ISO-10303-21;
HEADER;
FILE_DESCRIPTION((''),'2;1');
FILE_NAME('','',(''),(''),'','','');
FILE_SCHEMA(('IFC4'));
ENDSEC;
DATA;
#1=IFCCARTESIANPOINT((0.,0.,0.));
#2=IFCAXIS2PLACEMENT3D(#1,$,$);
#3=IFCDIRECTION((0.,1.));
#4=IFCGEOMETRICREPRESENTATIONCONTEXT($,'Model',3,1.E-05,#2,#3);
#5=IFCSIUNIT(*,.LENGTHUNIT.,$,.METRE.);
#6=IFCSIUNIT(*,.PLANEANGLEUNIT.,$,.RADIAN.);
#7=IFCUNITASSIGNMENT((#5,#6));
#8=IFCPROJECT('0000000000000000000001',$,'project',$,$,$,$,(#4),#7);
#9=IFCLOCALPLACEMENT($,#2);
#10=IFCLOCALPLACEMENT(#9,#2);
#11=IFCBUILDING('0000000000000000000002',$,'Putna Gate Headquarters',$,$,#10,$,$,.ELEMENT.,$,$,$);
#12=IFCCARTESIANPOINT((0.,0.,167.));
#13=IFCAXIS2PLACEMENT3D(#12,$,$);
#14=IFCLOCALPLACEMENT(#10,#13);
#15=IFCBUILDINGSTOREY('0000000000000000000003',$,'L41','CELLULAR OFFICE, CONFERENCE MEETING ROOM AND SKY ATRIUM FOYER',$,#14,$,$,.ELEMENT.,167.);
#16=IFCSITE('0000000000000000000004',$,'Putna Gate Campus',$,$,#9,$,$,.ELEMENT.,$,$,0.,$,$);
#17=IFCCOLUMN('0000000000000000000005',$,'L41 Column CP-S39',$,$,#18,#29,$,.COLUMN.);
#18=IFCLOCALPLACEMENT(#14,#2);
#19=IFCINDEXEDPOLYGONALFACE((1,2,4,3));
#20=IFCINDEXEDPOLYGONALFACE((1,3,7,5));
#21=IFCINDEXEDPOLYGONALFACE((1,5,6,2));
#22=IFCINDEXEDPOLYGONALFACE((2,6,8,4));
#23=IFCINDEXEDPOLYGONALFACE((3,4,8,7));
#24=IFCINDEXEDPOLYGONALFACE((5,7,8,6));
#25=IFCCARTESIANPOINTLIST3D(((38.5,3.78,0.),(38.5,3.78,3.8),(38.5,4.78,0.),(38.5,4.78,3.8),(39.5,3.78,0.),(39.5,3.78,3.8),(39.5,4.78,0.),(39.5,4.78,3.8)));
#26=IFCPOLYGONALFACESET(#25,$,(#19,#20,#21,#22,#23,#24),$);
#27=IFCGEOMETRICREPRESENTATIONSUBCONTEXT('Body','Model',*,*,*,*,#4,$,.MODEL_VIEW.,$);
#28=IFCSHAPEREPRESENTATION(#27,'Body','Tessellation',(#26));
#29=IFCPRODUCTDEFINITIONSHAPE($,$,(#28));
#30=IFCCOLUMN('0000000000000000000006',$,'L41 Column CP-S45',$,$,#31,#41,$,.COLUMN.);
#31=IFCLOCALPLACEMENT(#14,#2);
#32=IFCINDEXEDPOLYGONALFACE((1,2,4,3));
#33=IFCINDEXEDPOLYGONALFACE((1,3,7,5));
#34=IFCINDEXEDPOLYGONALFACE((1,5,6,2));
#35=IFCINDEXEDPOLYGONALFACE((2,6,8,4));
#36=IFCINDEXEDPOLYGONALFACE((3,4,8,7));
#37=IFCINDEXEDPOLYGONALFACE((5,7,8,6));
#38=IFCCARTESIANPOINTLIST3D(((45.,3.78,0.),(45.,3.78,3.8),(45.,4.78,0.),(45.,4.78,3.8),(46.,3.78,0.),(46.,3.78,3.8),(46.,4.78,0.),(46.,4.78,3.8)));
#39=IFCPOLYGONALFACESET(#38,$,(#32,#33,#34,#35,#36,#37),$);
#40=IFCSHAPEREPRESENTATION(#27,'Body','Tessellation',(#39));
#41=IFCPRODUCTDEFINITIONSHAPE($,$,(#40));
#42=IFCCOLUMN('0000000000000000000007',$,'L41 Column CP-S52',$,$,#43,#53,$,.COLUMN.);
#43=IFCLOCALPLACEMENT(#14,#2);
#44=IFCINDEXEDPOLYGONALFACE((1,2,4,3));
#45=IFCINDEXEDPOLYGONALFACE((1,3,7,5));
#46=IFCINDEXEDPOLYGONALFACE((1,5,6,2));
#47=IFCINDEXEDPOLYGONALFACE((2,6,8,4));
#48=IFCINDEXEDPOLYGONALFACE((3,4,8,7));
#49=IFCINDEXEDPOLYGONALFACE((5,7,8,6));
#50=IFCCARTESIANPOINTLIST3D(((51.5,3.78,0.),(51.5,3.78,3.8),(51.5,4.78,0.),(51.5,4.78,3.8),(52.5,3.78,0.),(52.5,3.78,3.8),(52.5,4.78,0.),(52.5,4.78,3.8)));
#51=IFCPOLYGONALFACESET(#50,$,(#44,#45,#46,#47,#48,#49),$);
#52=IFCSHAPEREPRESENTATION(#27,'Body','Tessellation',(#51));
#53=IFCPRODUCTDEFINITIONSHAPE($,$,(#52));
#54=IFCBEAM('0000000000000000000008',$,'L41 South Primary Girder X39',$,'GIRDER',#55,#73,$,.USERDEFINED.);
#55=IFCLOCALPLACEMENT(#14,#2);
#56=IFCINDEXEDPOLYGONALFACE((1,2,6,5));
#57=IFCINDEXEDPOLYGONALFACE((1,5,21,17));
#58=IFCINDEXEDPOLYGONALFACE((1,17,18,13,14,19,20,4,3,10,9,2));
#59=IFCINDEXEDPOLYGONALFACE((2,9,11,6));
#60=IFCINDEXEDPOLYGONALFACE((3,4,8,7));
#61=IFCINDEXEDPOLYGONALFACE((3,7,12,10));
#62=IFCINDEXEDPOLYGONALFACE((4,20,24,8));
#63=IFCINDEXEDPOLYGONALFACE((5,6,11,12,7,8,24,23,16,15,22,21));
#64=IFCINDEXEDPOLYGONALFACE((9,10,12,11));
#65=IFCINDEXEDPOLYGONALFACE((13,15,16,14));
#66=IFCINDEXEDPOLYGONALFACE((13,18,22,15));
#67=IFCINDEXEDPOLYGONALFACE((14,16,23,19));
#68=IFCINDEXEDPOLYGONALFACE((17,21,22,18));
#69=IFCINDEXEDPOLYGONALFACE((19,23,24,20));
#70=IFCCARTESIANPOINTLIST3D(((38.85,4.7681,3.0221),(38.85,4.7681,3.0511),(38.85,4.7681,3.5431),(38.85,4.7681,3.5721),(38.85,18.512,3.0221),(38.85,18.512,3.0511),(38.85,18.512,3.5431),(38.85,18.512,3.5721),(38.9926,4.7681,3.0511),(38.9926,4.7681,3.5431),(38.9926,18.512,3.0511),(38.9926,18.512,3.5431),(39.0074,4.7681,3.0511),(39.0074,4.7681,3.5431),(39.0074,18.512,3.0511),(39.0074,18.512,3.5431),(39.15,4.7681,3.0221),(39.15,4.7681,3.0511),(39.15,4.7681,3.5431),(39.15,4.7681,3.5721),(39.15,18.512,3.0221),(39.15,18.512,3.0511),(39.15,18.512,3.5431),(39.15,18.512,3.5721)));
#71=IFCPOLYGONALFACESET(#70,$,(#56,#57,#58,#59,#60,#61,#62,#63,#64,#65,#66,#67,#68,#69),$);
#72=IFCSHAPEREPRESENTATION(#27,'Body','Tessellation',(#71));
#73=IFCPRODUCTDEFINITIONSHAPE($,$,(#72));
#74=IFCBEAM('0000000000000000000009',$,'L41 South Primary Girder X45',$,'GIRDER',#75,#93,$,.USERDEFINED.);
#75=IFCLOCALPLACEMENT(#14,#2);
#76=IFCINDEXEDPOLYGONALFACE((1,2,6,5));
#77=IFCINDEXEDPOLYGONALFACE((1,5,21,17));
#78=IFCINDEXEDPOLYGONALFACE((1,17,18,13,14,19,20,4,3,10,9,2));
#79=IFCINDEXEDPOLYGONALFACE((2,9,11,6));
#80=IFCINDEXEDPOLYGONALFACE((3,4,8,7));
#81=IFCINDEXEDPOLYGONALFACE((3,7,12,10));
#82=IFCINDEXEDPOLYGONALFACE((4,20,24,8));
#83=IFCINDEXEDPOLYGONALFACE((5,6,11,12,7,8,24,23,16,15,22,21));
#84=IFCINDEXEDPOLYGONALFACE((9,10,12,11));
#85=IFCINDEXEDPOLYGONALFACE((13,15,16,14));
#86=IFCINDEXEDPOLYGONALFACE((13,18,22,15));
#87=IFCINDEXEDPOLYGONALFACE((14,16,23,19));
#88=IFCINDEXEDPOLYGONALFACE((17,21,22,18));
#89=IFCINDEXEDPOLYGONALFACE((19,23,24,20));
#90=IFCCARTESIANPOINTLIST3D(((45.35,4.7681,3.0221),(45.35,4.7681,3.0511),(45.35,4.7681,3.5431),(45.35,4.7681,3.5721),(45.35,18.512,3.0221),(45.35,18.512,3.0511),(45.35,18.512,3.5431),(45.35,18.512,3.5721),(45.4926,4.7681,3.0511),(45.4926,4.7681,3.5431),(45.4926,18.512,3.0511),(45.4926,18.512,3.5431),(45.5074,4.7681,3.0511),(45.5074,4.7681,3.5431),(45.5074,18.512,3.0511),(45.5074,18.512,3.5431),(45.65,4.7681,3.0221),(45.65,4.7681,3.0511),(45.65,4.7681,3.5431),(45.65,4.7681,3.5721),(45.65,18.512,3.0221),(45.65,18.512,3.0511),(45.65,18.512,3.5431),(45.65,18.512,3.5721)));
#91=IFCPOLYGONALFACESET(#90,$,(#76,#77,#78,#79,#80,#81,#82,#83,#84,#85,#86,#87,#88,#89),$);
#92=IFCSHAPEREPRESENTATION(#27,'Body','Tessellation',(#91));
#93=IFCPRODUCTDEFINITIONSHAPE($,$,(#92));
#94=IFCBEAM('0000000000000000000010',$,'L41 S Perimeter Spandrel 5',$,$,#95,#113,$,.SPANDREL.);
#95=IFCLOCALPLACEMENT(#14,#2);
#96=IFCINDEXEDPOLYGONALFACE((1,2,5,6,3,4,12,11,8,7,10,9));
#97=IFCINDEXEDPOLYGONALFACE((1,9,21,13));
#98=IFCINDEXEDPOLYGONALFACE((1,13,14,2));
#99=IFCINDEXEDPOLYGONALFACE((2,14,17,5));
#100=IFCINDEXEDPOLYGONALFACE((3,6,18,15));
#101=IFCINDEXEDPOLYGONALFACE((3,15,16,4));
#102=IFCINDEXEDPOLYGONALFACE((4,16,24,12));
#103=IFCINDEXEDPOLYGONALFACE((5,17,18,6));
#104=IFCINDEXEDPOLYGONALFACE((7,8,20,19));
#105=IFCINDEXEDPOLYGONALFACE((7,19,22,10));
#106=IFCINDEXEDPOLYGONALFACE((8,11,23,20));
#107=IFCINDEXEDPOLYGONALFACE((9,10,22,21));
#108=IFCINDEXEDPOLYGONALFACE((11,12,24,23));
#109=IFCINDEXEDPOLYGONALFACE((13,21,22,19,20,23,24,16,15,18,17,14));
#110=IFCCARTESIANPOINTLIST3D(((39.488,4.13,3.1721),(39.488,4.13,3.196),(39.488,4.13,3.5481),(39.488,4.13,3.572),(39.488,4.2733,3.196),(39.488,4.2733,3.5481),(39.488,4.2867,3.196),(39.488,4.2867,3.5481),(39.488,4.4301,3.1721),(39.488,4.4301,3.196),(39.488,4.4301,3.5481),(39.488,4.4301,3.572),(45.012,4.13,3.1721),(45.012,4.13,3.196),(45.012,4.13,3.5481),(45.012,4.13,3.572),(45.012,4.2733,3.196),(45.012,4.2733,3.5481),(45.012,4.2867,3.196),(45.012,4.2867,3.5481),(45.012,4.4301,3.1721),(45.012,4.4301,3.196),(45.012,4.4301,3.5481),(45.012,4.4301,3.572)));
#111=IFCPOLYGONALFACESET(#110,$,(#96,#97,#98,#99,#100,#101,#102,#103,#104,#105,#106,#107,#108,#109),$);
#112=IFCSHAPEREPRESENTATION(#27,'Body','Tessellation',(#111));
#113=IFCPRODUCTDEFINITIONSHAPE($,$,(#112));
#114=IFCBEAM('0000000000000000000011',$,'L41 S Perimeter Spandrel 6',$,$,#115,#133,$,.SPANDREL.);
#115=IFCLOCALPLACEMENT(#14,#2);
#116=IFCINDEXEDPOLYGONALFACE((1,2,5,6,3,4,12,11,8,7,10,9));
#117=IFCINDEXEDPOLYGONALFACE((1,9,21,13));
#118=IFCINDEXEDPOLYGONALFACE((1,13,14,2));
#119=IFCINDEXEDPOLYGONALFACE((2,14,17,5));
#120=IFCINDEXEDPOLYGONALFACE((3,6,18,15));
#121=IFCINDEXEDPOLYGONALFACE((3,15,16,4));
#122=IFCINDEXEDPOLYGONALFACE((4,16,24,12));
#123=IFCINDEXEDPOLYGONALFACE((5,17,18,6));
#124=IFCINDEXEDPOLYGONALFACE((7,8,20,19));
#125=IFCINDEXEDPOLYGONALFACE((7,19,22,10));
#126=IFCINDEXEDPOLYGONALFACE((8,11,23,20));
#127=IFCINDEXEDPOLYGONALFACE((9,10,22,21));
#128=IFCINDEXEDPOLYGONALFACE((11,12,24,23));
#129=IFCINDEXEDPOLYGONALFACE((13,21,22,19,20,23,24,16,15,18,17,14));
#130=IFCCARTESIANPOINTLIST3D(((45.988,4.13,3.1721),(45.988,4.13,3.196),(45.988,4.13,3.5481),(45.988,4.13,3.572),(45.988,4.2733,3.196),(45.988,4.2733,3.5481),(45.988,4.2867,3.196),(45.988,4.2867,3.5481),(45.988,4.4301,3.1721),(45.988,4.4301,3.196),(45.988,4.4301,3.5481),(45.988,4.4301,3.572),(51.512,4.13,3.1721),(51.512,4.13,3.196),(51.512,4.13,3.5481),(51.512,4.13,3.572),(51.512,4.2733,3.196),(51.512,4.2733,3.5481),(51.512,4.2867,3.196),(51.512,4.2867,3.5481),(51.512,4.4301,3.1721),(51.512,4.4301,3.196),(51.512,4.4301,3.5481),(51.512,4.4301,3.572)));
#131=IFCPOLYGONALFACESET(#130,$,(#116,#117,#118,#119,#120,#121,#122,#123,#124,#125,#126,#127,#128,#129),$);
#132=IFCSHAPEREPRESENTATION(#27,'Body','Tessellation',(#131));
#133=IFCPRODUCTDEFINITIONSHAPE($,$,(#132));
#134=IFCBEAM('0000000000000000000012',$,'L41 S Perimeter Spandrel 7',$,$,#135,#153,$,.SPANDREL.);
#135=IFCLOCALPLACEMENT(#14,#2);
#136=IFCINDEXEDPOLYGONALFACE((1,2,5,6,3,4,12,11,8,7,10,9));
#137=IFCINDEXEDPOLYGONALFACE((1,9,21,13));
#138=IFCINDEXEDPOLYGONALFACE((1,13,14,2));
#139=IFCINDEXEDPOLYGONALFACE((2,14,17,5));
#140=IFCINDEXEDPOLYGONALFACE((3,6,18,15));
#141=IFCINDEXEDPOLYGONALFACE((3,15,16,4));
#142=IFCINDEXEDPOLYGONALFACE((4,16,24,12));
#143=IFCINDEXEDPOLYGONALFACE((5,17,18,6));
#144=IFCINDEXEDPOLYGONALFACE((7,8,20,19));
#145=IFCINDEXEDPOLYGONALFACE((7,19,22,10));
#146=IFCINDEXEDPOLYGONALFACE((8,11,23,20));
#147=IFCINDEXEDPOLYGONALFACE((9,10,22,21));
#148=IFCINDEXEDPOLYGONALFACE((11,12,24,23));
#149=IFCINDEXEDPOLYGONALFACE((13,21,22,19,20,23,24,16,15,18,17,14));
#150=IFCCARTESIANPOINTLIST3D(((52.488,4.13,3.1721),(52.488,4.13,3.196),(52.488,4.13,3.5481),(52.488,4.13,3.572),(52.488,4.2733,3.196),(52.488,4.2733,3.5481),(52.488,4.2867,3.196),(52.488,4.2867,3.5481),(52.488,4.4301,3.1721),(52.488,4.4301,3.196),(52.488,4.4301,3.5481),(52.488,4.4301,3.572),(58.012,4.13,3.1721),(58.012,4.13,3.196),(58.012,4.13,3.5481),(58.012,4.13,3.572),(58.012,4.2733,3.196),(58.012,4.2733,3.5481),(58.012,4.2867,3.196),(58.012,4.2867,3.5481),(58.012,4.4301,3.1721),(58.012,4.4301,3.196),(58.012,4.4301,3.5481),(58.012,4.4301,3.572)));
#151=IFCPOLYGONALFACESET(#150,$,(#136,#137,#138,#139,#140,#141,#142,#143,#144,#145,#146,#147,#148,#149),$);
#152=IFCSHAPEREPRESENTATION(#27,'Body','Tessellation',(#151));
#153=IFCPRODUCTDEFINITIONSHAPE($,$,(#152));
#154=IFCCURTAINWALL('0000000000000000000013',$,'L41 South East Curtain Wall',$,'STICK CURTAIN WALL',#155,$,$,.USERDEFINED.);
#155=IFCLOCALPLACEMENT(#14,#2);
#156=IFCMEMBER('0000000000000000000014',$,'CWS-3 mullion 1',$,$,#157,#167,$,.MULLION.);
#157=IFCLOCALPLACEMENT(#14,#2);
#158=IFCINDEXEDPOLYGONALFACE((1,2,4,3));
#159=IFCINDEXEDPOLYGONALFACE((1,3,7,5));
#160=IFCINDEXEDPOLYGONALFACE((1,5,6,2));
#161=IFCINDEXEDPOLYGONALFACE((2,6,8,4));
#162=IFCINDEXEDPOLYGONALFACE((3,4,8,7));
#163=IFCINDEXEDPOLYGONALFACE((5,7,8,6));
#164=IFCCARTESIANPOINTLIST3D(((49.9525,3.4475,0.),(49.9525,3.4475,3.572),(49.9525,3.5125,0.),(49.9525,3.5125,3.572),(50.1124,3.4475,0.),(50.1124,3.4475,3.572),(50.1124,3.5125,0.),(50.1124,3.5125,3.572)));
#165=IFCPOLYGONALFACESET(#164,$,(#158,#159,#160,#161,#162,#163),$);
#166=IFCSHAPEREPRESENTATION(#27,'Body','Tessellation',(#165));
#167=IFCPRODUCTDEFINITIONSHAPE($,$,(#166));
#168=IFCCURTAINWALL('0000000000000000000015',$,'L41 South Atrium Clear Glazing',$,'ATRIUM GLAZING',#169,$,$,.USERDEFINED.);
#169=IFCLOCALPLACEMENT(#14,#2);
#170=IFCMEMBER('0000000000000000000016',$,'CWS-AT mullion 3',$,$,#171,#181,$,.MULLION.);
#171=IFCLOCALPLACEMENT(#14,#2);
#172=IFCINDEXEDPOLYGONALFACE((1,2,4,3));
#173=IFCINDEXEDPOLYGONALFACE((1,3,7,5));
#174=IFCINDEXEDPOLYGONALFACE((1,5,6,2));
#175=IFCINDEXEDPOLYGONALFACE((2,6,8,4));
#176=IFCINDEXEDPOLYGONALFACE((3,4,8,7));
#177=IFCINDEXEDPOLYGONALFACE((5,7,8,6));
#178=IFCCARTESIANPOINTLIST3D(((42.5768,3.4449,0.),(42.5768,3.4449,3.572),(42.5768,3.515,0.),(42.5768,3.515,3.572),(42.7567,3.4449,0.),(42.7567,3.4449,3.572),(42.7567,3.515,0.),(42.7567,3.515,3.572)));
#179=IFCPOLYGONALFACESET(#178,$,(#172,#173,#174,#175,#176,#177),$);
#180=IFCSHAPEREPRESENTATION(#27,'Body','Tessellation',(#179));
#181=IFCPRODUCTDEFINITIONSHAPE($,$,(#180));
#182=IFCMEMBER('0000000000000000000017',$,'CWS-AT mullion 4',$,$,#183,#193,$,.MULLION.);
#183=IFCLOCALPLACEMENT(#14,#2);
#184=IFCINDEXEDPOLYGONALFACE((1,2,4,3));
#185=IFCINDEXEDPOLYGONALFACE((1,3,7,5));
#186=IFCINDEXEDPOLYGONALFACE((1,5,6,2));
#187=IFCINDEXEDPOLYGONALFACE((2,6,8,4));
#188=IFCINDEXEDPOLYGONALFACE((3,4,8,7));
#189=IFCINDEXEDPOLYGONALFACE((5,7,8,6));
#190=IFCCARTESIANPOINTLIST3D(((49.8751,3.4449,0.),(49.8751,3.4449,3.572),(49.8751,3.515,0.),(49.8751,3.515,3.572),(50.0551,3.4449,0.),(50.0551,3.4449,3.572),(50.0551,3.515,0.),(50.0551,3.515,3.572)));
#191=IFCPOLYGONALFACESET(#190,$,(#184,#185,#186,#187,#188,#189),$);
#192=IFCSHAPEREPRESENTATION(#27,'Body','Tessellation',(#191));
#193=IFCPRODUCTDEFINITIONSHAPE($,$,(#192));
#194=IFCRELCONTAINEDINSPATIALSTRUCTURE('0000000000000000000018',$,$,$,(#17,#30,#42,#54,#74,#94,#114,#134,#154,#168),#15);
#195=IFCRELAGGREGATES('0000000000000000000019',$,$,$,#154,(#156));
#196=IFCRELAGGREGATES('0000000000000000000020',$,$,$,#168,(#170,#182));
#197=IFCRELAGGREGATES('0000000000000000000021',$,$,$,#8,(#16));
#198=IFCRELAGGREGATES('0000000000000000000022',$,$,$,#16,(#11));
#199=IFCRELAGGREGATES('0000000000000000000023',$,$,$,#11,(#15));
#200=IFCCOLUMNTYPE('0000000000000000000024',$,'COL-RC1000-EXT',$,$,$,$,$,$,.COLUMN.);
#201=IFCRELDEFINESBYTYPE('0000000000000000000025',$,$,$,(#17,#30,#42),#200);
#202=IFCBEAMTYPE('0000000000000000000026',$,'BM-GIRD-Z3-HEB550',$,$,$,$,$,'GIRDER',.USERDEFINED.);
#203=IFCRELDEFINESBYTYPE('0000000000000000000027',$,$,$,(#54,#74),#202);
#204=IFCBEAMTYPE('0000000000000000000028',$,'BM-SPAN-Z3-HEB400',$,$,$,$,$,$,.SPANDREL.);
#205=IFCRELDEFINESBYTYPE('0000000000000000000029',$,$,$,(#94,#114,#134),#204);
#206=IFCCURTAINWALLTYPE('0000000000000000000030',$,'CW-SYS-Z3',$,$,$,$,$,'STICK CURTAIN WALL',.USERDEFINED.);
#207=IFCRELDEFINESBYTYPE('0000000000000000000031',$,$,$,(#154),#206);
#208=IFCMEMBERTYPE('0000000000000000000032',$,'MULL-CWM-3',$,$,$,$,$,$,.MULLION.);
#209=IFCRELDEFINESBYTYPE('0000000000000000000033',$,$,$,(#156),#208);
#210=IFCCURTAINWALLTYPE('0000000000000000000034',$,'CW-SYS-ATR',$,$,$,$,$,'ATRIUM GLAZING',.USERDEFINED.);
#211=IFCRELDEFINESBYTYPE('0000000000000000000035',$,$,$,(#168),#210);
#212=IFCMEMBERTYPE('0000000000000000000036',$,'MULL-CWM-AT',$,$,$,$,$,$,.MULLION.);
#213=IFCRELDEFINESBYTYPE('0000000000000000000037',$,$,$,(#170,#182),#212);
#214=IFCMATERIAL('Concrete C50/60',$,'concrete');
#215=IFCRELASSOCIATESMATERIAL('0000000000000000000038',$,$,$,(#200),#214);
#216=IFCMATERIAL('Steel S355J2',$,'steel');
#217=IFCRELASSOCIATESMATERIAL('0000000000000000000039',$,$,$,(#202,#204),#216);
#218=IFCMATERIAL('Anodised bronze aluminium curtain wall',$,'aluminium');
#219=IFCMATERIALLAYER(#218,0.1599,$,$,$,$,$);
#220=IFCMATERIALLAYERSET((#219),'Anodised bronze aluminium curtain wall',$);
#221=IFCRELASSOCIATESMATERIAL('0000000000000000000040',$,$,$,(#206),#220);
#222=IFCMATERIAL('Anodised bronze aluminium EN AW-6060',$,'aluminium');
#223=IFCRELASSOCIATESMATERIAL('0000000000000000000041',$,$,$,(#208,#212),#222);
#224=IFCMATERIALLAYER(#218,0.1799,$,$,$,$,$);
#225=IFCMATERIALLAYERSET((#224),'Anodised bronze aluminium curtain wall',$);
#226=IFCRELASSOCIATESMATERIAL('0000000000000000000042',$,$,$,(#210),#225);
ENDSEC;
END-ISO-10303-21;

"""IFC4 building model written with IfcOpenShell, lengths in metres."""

from ifc_helpers import new_model, si_unit, direction, frame, origin, origin_2d, place, context, subcontext, project, spatial, rectangle, i_section, extrude, material, layer, layer_set, material_profile, profile_set, type_object, element, aggregate, save


model = new_model("IFC4")

# Units and contexts
model_context = context("Model", 3, precision=1e-05, world=origin(), true_north=direction((0.0, 1.0)))
body_context = subcontext(model_context, "Body", "Model", "MODEL_VIEW")
ifc_project = project(units=[si_unit("LENGTHUNIT", "METRE"), si_unit("PLANEANGLEUNIT", "RADIAN")], contexts=[model_context])

# Site, building, storey
site_placement = place(None, origin())
site = spatial("IfcSite", under=ifc_project, at=site_placement, Name="Putna Gate Campus", CompositionType="ELEMENT", RefElevation=0.0)
building_placement = place(site_placement, origin())
building = spatial("IfcBuilding", under=site, at=building_placement, Name="Putna Gate Headquarters", CompositionType="ELEMENT")
storey_placement = place(building_placement, frame((0.0, 0.0, 167.0)))
storey = spatial("IfcBuildingStorey", under=building, at=storey_placement, Name="L41", Description="CELLULAR OFFICE, CONFERENCE MEETING ROOM AND SKY ATRIUM FOYER", CompositionType="ELEMENT", Elevation=167.0)

# Columns
ifc_material_1 = material(Name="Concrete C50/60", Category="concrete")
ifc_material_profile_1 = material_profile(ifc_material_1, rectangle(XDim=1.0, YDim=1.0, at=origin_2d()), Name="Concrete C50/60")
ifc_profile_set_1 = profile_set([ifc_material_profile_1], Name="Concrete C50/60")
column_type = type_object("IfcColumnType", Name="COL-RC1000-EXT", PredefinedType="COLUMN", material=ifc_profile_set_1)
for number, where, z_axis, x_axis, name in (
    (1, (39.0, 4.28, 0.0), (0.0, 0.0, 1.0), (1.0, 0.0, 0.0), "L41 Column CP-S39"),
    (2, (45.5, 4.28, 0.0), (0.0, 0.0, 1.0), (1.0, 0.0, 0.0), "L41 Column CP-S45"),
    (3, (52.0, 4.28, 0.0), (0.0, 0.0, 1.0), (1.0, 0.0, 0.0), "L41 Column CP-S52"),
):
    element("IfcColumn", number, at=place(storey_placement, frame(where, z_axis=z_axis, x_axis=x_axis)), inside=storey, type_object=column_type, Name=name, PredefinedType="COLUMN", context=body_context, shape_type="SweptSolid", body=[
        extrude(rectangle(XDim=1.0, YDim=1.0, at=origin_2d()), origin(), (0.0, 0.0, 1.0), 3.8),
    ])

# Beams
ifc_material_2 = material(Name="Steel S355J2", Category="steel")
ifc_material_profile_2 = material_profile(ifc_material_2, i_section(OverallWidth=0.3, OverallDepth=0.55, WebThickness=0.0149, FlangeThickness=0.0291, at=origin_2d()), Name="Steel S355J2")
ifc_profile_set_2 = profile_set([ifc_material_profile_2], Name="Steel S355J2")
beam_type_1 = type_object("IfcBeamType", Name="BM-GIRD-Z3-HEB550", ElementType="GIRDER", PredefinedType="USERDEFINED", material=ifc_profile_set_2)
for number, where, z_axis, x_axis, name in (
    (4, (39.0, 4.7681, 3.2971), (0.0, 1.0, 0.0), (-1.0, 0.0, 0.0), "L41 South Primary Girder X39"),
    (5, (45.5, 4.7681, 3.2971), (0.0, 1.0, 0.0), (-1.0, 0.0, 0.0), "L41 South Primary Girder X45"),
):
    element("IfcBeam", number, at=place(storey_placement, frame(where, z_axis=z_axis, x_axis=x_axis)), inside=storey, type_object=beam_type_1, Name=name, ObjectType="GIRDER", PredefinedType="USERDEFINED", context=body_context, shape_type="SweptSolid", body=[
        extrude(i_section(OverallWidth=0.3, OverallDepth=0.55, WebThickness=0.0149, FlangeThickness=0.0291, at=origin_2d()), origin(), (0.0, 0.0, 1.0), 13.7439),
    ])
ifc_material_profile_3 = material_profile(ifc_material_2, i_section(OverallWidth=0.3, OverallDepth=0.3999, WebThickness=0.0134, FlangeThickness=0.0239, at=origin_2d()), Name="Steel S355J2")
ifc_profile_set_3 = profile_set([ifc_material_profile_3], Name="Steel S355J2")
beam_type_2 = type_object("IfcBeamType", Name="BM-SPAN-Z3-HEB400", PredefinedType="SPANDREL", material=ifc_profile_set_3)
for number, where, z_axis, x_axis, name in (
    (6, (39.488, 4.28, 3.3721), (1.0, 0.0, 0.0), (0.0, 1.0, 0.0), "L41 S Perimeter Spandrel 5"),
    (7, (45.988, 4.28, 3.3721), (1.0, 0.0, 0.0), (0.0, 1.0, 0.0), "L41 S Perimeter Spandrel 6"),
    (8, (52.488, 4.28, 3.3721), (1.0, 0.0, 0.0), (0.0, 1.0, 0.0), "L41 S Perimeter Spandrel 7"),
):
    element("IfcBeam", number, at=place(storey_placement, frame(where, z_axis=z_axis, x_axis=x_axis)), inside=storey, type_object=beam_type_2, Name=name, PredefinedType="SPANDREL", context=body_context, shape_type="SweptSolid", body=[
        extrude(i_section(OverallWidth=0.3, OverallDepth=0.3999, WebThickness=0.0134, FlangeThickness=0.0239, at=origin_2d()), origin(), (0.0, 0.0, 1.0), 5.5239),
    ])

# Curtain wall, member
ifc_material_3 = material(Name="Anodised bronze aluminium curtain wall", Category="aluminium")
ifc_layer_1 = layer(ifc_material_3, 0.1599)
ifc_layer_set_1 = layer_set([ifc_layer_1], Name="Anodised bronze aluminium curtain wall")
curtain_wall_type_1 = type_object("IfcCurtainWallType", Name="CW-SYS-Z3", ElementType="STICK CURTAIN WALL", PredefinedType="USERDEFINED", material=ifc_layer_set_1)
curtain_wall_1_placement = place(storey_placement, origin())
curtain_wall_1 = element("IfcCurtainWall", 9, at=curtain_wall_1_placement, inside=storey, type_object=curtain_wall_type_1, Name="L41 South East Curtain Wall", ObjectType="STICK CURTAIN WALL", PredefinedType="USERDEFINED")
ifc_material_4 = material(Name="Anodised bronze aluminium EN AW-6060", Category="aluminium")
ifc_material_profile_4 = material_profile(ifc_material_4, rectangle(XDim=0.0649, YDim=0.1599, at=origin_2d()), Name="Anodised bronze aluminium EN AW-6060")
ifc_profile_set_4 = profile_set([ifc_material_profile_4], Name="Anodised bronze aluminium EN AW-6060")
member_type_1 = type_object("IfcMemberType", Name="MULL-CWM-3", PredefinedType="MULLION", material=ifc_profile_set_4)
member_1_placement = place(storey_placement, frame((50.0325, 3.48, 0.0), z_axis=(0.0, 0.0, 1.0), x_axis=(0.0, 1.0, 0.0)))
member_1 = element("IfcMember", 10, at=member_1_placement, type_object=member_type_1, Name="CWS-3 mullion 1", PredefinedType="MULLION", context=body_context, shape_type="SweptSolid", body=[
    extrude(rectangle(XDim=0.0649, YDim=0.1599, at=origin_2d()), origin(), (0.0, 0.0, 1.0), 3.572),
])

# Curtain wall, members
ifc_layer_2 = layer(ifc_material_3, 0.1799)
ifc_layer_set_2 = layer_set([ifc_layer_2], Name="Anodised bronze aluminium curtain wall")
curtain_wall_type_2 = type_object("IfcCurtainWallType", Name="CW-SYS-ATR", ElementType="ATRIUM GLAZING", PredefinedType="USERDEFINED", material=ifc_layer_set_2)
curtain_wall_2_placement = place(storey_placement, origin())
curtain_wall_2 = element("IfcCurtainWall", 11, at=curtain_wall_2_placement, inside=storey, type_object=curtain_wall_type_2, Name="L41 South Atrium Clear Glazing", ObjectType="ATRIUM GLAZING", PredefinedType="USERDEFINED")
ifc_material_profile_5 = material_profile(ifc_material_4, rectangle(XDim=0.0701, YDim=0.1799, at=origin_2d()), Name="Anodised bronze aluminium EN AW-6060")
ifc_profile_set_5 = profile_set([ifc_material_profile_5], Name="Anodised bronze aluminium EN AW-6060")
member_type_2 = type_object("IfcMemberType", Name="MULL-CWM-AT", PredefinedType="MULLION", material=ifc_profile_set_5)
member_2_placement = place(storey_placement, frame((42.6667, 3.48, 0.0), z_axis=(0.0, 0.0, 1.0), x_axis=(0.0, 1.0, 0.0)))
member_2 = element("IfcMember", 12, at=member_2_placement, type_object=member_type_2, Name="CWS-AT mullion 3", PredefinedType="MULLION", context=body_context, shape_type="SweptSolid", body=[
    extrude(rectangle(XDim=0.0701, YDim=0.1799, at=origin_2d()), origin(), (0.0, 0.0, 1.0), 3.572),
])
member_3_placement = place(storey_placement, frame((49.9651, 3.48, 0.0), z_axis=(0.0, 0.0, 1.0), x_axis=(0.0, 1.0, 0.0)))
member_3 = element("IfcMember", 13, at=member_3_placement, type_object=member_type_2, Name="CWS-AT mullion 4", PredefinedType="MULLION", context=body_context, shape_type="SweptSolid", body=[
    extrude(rectangle(XDim=0.0701, YDim=0.1799, at=origin_2d()), origin(), (0.0, 0.0, 1.0), 3.572),
])

aggregate(curtain_wall_1, [member_1])
aggregate(curtain_wall_2, [member_2, member_3])

save(model, "model.ifc")
